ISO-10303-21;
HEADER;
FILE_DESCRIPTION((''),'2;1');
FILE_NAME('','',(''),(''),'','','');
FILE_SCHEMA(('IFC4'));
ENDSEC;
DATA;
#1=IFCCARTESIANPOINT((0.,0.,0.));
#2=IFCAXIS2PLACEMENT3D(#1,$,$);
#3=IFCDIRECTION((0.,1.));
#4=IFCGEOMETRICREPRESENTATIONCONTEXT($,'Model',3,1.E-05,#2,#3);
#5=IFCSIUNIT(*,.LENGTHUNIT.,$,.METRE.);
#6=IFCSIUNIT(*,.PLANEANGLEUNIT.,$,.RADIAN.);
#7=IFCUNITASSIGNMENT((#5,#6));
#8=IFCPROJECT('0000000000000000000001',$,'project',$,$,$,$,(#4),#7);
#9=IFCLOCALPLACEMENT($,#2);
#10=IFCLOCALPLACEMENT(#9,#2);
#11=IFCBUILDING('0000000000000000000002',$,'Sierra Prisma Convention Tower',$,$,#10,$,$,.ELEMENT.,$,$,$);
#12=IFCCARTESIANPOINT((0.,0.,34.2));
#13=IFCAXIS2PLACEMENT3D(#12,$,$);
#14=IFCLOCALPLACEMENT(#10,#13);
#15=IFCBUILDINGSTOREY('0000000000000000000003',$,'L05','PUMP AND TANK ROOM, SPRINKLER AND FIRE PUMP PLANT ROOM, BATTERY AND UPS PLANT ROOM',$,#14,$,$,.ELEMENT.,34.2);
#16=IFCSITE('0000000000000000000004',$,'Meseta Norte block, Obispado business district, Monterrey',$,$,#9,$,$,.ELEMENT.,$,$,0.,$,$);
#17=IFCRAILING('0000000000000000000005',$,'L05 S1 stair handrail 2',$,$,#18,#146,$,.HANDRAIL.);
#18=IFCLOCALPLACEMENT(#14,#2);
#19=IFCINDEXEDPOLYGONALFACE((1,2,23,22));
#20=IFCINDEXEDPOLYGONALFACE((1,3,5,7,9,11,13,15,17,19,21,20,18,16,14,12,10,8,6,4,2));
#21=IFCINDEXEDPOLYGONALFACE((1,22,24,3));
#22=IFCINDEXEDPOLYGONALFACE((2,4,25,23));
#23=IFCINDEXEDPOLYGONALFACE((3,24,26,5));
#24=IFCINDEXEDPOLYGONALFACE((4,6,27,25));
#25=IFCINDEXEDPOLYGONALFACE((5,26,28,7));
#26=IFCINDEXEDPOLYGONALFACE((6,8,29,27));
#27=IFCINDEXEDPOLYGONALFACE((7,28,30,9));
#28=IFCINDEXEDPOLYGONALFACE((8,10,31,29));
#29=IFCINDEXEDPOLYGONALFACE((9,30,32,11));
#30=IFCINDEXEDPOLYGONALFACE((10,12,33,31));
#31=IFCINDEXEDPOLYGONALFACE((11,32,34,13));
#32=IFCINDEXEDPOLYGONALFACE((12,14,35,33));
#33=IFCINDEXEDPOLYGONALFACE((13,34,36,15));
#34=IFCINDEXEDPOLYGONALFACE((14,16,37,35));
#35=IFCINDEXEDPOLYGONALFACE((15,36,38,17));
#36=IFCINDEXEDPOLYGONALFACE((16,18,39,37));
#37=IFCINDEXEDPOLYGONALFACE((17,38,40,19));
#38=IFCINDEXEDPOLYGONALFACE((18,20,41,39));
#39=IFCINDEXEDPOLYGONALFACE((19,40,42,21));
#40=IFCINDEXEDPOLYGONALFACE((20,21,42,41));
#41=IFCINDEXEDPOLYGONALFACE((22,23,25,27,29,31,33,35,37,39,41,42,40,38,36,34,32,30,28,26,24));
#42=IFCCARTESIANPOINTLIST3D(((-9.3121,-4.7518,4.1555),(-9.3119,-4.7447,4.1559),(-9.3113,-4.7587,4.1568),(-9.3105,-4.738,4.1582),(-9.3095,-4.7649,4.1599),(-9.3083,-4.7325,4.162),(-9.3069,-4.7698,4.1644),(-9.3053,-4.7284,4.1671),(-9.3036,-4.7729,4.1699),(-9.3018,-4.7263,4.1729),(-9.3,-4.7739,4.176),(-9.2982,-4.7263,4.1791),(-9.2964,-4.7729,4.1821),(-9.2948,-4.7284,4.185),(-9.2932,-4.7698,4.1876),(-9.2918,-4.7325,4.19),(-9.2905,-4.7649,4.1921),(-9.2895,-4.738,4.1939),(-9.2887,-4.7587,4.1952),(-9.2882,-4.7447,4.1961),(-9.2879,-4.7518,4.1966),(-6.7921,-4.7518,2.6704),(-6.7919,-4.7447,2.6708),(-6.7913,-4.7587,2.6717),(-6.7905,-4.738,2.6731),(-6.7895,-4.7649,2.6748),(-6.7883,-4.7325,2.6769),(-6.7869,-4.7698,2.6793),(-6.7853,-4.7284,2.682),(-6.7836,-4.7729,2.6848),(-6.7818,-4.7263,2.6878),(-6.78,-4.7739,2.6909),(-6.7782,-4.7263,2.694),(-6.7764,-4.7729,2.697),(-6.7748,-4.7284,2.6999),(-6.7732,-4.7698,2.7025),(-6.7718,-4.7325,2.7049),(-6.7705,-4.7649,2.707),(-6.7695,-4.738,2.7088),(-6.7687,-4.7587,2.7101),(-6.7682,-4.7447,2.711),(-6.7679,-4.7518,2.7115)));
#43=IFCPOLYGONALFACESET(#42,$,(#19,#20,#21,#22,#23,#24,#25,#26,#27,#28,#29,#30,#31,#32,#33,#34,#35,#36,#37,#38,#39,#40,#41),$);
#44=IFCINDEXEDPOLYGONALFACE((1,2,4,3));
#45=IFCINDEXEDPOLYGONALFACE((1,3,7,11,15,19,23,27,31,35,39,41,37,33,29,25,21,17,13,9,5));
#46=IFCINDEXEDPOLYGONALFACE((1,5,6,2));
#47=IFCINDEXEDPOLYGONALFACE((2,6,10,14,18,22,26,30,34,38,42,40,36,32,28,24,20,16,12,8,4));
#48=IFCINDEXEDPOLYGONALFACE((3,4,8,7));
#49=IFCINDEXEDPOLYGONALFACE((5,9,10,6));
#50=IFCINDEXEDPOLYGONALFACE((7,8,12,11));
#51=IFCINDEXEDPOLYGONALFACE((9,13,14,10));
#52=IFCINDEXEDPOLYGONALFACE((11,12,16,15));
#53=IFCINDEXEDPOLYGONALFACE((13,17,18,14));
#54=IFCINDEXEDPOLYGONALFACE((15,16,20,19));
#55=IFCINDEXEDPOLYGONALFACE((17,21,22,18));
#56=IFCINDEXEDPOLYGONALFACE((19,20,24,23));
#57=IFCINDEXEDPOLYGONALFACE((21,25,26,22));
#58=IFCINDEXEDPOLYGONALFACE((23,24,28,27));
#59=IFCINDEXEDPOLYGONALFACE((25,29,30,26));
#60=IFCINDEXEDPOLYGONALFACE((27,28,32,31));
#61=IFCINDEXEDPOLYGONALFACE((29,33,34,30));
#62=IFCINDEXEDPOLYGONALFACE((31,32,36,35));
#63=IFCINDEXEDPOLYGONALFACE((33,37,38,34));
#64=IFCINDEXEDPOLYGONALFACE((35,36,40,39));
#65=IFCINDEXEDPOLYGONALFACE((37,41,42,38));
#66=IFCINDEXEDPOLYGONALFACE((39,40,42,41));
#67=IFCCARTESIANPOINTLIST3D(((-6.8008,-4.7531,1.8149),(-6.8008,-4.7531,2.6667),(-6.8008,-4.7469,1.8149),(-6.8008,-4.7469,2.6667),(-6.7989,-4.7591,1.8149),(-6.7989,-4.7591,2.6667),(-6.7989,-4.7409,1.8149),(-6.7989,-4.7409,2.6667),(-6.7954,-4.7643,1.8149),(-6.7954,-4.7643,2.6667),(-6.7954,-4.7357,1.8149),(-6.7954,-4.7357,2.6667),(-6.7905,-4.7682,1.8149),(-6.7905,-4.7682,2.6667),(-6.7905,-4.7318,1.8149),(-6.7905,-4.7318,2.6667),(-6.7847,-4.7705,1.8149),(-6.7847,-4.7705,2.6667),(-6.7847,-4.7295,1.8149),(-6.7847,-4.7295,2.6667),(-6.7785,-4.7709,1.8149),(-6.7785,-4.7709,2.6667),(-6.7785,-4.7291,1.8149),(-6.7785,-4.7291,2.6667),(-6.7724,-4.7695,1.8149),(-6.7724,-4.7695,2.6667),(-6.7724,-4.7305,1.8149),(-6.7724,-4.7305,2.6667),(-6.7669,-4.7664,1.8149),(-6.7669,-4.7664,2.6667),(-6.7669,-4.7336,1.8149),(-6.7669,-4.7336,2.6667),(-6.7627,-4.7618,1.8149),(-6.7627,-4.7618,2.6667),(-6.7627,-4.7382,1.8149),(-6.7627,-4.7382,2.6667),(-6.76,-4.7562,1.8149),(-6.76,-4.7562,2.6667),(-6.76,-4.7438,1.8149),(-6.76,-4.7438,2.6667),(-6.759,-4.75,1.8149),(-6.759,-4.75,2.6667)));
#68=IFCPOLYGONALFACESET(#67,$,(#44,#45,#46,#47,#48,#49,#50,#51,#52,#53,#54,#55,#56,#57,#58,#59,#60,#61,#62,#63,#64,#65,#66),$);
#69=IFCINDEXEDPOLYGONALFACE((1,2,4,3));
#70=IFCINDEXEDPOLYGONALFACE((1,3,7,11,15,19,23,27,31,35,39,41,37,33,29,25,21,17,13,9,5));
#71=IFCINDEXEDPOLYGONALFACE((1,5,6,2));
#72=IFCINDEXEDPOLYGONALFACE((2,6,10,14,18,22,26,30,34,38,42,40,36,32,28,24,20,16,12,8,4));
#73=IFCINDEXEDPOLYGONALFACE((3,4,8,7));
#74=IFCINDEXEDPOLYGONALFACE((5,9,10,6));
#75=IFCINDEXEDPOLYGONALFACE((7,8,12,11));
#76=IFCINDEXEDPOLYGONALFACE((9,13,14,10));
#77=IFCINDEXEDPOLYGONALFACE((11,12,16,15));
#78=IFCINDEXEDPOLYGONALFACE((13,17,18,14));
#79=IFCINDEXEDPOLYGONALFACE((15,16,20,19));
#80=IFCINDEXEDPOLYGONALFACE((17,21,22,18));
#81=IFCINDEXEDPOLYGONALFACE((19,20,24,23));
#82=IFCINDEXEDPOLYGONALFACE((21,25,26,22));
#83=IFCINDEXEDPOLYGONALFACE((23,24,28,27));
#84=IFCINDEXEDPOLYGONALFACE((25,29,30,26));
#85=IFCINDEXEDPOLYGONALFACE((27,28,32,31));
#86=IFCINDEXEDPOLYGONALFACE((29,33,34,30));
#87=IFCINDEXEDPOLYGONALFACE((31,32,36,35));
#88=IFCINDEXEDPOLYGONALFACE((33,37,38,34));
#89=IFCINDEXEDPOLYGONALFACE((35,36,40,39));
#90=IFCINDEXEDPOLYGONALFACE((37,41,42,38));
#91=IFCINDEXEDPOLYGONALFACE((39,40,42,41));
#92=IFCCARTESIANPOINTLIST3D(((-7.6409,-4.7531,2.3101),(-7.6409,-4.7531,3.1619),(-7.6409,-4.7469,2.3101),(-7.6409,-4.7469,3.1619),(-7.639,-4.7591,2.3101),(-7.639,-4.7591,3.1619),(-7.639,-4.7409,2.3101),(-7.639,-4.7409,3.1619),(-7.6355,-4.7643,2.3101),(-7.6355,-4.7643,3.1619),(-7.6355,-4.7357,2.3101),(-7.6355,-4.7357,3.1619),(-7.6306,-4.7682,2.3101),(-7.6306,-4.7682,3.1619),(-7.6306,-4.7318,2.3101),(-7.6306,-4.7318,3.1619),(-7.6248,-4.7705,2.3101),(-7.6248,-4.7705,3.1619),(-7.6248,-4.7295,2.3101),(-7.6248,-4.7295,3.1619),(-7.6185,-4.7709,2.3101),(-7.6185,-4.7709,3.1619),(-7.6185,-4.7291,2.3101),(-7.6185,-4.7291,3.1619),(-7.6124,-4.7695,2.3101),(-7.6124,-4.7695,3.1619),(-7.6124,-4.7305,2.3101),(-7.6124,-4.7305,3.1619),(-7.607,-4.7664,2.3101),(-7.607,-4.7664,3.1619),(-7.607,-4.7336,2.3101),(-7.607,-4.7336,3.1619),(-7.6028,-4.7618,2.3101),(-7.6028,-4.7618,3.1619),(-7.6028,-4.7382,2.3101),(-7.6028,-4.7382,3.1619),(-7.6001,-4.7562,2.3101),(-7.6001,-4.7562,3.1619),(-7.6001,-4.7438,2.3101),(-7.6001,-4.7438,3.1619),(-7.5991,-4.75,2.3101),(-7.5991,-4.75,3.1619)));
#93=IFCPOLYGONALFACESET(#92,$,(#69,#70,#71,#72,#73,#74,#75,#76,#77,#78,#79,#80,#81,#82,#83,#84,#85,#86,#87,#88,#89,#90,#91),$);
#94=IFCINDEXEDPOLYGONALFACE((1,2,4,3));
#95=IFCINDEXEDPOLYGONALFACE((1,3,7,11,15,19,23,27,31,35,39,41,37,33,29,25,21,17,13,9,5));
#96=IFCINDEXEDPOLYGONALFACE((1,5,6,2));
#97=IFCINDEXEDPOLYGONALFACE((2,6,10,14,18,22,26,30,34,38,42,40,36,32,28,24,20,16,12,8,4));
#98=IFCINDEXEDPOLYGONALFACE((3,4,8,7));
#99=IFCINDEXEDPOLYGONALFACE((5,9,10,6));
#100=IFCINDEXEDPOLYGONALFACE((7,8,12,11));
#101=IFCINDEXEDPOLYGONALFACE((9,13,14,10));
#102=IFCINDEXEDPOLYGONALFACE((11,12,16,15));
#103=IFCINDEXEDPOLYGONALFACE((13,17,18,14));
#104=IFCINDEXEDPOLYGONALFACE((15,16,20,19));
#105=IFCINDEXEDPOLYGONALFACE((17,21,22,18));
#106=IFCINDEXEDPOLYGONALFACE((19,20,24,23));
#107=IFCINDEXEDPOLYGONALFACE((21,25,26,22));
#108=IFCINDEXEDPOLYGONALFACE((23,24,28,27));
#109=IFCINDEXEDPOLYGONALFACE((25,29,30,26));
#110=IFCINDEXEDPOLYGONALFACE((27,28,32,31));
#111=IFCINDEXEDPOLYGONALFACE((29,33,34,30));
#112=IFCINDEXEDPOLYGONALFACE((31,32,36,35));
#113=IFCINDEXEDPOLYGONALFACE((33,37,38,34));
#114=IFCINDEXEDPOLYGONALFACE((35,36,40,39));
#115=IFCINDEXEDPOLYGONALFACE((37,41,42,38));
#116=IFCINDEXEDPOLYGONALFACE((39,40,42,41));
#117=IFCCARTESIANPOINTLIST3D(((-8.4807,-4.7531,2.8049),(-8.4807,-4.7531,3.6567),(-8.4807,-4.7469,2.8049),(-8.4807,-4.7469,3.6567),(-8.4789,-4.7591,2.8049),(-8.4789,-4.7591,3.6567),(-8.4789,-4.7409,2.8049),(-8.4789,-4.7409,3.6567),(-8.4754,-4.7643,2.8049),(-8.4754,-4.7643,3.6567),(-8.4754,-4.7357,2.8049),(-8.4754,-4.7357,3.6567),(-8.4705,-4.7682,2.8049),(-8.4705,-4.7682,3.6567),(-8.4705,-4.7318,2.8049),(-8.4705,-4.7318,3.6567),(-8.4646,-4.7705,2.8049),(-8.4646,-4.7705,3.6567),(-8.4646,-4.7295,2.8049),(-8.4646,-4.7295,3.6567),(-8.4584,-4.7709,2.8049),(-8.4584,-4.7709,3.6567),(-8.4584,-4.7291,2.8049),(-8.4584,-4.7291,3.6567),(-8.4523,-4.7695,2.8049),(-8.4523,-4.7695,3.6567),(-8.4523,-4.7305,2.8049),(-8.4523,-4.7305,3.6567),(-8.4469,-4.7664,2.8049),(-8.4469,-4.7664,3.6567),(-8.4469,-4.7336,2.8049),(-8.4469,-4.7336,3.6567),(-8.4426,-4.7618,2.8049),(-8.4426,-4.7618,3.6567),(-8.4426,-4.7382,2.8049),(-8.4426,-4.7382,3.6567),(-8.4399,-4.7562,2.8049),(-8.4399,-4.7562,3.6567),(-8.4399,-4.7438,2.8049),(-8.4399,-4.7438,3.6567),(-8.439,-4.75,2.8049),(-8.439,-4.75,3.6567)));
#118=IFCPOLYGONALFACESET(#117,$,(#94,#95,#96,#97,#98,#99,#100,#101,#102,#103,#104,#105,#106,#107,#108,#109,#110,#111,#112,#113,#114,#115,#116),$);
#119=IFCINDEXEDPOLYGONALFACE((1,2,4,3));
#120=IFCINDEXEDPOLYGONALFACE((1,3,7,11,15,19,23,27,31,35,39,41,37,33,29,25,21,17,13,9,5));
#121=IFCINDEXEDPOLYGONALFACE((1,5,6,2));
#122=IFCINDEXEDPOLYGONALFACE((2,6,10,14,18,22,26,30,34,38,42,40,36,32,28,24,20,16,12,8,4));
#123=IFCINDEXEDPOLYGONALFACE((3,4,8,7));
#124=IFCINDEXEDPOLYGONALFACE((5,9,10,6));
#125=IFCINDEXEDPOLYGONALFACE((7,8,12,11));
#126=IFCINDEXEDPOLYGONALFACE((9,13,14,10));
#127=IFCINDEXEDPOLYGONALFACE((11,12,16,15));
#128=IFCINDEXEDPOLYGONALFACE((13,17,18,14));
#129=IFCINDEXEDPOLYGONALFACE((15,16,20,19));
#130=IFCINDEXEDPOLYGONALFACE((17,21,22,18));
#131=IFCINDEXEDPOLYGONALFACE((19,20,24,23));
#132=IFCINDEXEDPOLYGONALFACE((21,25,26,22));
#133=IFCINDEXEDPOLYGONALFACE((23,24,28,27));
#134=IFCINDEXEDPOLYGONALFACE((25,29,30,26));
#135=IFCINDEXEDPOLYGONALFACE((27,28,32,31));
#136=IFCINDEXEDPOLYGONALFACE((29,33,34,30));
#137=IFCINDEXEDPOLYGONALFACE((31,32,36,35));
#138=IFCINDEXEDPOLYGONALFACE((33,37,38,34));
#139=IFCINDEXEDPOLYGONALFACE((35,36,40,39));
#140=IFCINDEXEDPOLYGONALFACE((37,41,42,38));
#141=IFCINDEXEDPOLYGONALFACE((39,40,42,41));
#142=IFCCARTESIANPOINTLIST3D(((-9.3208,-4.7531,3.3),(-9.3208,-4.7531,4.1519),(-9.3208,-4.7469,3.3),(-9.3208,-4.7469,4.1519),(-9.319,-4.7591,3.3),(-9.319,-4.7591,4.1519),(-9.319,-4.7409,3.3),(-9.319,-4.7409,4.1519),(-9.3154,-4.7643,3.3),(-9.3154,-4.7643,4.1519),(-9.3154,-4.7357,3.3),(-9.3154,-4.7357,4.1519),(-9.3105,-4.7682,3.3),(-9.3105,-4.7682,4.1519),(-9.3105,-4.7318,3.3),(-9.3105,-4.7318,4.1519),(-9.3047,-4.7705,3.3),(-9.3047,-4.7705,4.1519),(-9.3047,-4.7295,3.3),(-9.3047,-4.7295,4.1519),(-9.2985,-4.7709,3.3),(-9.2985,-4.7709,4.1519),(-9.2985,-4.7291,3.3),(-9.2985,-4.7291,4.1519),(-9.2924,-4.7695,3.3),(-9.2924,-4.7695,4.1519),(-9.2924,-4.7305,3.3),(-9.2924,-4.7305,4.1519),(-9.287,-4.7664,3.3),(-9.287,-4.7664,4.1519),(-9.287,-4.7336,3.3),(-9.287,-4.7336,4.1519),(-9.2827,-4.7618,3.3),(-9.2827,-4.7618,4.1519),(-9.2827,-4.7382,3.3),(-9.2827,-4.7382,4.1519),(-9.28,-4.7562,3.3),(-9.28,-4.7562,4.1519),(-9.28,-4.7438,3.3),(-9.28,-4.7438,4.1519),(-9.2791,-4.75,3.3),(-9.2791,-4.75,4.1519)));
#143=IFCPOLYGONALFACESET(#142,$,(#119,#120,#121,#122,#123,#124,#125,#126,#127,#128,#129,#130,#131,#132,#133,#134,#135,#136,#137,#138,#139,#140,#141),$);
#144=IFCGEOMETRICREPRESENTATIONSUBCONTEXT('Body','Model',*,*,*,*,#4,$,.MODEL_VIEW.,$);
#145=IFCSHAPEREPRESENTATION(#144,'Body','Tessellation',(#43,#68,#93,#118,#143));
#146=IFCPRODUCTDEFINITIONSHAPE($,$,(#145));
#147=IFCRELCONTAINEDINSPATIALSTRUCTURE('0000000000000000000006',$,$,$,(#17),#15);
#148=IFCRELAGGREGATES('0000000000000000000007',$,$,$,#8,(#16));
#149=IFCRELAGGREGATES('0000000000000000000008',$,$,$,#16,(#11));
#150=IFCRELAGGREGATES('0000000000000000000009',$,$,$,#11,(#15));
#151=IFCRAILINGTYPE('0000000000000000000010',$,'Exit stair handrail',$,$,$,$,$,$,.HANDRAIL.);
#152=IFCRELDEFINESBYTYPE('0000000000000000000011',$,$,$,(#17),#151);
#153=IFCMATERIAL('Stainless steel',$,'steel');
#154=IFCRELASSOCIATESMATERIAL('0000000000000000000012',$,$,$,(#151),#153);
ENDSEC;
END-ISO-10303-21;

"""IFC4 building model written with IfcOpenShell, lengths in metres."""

from ifc_helpers import new_model, si_unit, direction, frame, origin, origin_2d, place, context, subcontext, project, spatial, circle, extrude, material, type_object, element, save


model = new_model("IFC4")

# Units and contexts
model_context = context("Model", 3, precision=1e-05, world=origin(), true_north=direction((0.0, 1.0)))
body_context = subcontext(model_context, "Body", "Model", "MODEL_VIEW")
ifc_project = project(units=[si_unit("LENGTHUNIT", "METRE"), si_unit("PLANEANGLEUNIT", "RADIAN")], contexts=[model_context])

# Site, building, storey
site_placement = place(None, origin())
site = spatial("IfcSite", under=ifc_project, at=site_placement, Name="Meseta Norte block, Obispado business district, Monterrey", CompositionType="ELEMENT", RefElevation=0.0)
building_placement = place(site_placement, origin())
building = spatial("IfcBuilding", under=site, at=building_placement, Name="Sierra Prisma Convention Tower", CompositionType="ELEMENT")
storey_placement = place(building_placement, frame((0.0, 0.0, 34.2)))
storey = spatial("IfcBuildingStorey", under=building, at=storey_placement, Name="L05", Description="PUMP AND TANK ROOM, SPRINKLER AND FIRE PUMP PLANT ROOM, BATTERY AND UPS PLANT ROOM", CompositionType="ELEMENT", Elevation=34.2)

# Railing
ifc_material_1 = material(Name="Stainless steel", Category="steel")
railing_type_1 = type_object("IfcRailingType", Name="Exit stair handrail", PredefinedType="HANDRAIL", material=ifc_material_1)
railing_1_placement = place(storey_placement, frame((-6.78, -4.75, 1.8149)))
element("IfcRailing", 1, at=railing_1_placement, inside=storey, type_object=railing_type_1, Name="L05 S1 stair handrail 2", PredefinedType="HANDRAIL", context=body_context, shape_type="SweptSolid", body=[
    extrude(circle(Radius=0.0239, at=origin_2d()), frame((0.0, 0.0, 0.876), z_axis=(-0.861524, 0.0, 0.507717), x_axis=(0.0, -1.0, 0.0)), (0.0, 0.0, 1.0), 2.925),
    extrude(circle(Radius=0.021, at=origin_2d()), origin(), (0.0, 0.0, 1.0), 0.8518),
    extrude(circle(Radius=0.021, at=origin_2d()), frame((-0.8401, 0.0, 0.4951)), (0.0, 0.0, 1.0), 0.8518),
    extrude(circle(Radius=0.021, at=origin_2d()), frame((-1.6799, 0.0, 0.99)), (0.0, 0.0, 1.0), 0.8518),
    extrude(circle(Radius=0.021, at=origin_2d()), frame((-2.52, 0.0, 1.4851)), (0.0, 0.0, 1.0), 0.8518),
])

save(model, "model.ifc")
